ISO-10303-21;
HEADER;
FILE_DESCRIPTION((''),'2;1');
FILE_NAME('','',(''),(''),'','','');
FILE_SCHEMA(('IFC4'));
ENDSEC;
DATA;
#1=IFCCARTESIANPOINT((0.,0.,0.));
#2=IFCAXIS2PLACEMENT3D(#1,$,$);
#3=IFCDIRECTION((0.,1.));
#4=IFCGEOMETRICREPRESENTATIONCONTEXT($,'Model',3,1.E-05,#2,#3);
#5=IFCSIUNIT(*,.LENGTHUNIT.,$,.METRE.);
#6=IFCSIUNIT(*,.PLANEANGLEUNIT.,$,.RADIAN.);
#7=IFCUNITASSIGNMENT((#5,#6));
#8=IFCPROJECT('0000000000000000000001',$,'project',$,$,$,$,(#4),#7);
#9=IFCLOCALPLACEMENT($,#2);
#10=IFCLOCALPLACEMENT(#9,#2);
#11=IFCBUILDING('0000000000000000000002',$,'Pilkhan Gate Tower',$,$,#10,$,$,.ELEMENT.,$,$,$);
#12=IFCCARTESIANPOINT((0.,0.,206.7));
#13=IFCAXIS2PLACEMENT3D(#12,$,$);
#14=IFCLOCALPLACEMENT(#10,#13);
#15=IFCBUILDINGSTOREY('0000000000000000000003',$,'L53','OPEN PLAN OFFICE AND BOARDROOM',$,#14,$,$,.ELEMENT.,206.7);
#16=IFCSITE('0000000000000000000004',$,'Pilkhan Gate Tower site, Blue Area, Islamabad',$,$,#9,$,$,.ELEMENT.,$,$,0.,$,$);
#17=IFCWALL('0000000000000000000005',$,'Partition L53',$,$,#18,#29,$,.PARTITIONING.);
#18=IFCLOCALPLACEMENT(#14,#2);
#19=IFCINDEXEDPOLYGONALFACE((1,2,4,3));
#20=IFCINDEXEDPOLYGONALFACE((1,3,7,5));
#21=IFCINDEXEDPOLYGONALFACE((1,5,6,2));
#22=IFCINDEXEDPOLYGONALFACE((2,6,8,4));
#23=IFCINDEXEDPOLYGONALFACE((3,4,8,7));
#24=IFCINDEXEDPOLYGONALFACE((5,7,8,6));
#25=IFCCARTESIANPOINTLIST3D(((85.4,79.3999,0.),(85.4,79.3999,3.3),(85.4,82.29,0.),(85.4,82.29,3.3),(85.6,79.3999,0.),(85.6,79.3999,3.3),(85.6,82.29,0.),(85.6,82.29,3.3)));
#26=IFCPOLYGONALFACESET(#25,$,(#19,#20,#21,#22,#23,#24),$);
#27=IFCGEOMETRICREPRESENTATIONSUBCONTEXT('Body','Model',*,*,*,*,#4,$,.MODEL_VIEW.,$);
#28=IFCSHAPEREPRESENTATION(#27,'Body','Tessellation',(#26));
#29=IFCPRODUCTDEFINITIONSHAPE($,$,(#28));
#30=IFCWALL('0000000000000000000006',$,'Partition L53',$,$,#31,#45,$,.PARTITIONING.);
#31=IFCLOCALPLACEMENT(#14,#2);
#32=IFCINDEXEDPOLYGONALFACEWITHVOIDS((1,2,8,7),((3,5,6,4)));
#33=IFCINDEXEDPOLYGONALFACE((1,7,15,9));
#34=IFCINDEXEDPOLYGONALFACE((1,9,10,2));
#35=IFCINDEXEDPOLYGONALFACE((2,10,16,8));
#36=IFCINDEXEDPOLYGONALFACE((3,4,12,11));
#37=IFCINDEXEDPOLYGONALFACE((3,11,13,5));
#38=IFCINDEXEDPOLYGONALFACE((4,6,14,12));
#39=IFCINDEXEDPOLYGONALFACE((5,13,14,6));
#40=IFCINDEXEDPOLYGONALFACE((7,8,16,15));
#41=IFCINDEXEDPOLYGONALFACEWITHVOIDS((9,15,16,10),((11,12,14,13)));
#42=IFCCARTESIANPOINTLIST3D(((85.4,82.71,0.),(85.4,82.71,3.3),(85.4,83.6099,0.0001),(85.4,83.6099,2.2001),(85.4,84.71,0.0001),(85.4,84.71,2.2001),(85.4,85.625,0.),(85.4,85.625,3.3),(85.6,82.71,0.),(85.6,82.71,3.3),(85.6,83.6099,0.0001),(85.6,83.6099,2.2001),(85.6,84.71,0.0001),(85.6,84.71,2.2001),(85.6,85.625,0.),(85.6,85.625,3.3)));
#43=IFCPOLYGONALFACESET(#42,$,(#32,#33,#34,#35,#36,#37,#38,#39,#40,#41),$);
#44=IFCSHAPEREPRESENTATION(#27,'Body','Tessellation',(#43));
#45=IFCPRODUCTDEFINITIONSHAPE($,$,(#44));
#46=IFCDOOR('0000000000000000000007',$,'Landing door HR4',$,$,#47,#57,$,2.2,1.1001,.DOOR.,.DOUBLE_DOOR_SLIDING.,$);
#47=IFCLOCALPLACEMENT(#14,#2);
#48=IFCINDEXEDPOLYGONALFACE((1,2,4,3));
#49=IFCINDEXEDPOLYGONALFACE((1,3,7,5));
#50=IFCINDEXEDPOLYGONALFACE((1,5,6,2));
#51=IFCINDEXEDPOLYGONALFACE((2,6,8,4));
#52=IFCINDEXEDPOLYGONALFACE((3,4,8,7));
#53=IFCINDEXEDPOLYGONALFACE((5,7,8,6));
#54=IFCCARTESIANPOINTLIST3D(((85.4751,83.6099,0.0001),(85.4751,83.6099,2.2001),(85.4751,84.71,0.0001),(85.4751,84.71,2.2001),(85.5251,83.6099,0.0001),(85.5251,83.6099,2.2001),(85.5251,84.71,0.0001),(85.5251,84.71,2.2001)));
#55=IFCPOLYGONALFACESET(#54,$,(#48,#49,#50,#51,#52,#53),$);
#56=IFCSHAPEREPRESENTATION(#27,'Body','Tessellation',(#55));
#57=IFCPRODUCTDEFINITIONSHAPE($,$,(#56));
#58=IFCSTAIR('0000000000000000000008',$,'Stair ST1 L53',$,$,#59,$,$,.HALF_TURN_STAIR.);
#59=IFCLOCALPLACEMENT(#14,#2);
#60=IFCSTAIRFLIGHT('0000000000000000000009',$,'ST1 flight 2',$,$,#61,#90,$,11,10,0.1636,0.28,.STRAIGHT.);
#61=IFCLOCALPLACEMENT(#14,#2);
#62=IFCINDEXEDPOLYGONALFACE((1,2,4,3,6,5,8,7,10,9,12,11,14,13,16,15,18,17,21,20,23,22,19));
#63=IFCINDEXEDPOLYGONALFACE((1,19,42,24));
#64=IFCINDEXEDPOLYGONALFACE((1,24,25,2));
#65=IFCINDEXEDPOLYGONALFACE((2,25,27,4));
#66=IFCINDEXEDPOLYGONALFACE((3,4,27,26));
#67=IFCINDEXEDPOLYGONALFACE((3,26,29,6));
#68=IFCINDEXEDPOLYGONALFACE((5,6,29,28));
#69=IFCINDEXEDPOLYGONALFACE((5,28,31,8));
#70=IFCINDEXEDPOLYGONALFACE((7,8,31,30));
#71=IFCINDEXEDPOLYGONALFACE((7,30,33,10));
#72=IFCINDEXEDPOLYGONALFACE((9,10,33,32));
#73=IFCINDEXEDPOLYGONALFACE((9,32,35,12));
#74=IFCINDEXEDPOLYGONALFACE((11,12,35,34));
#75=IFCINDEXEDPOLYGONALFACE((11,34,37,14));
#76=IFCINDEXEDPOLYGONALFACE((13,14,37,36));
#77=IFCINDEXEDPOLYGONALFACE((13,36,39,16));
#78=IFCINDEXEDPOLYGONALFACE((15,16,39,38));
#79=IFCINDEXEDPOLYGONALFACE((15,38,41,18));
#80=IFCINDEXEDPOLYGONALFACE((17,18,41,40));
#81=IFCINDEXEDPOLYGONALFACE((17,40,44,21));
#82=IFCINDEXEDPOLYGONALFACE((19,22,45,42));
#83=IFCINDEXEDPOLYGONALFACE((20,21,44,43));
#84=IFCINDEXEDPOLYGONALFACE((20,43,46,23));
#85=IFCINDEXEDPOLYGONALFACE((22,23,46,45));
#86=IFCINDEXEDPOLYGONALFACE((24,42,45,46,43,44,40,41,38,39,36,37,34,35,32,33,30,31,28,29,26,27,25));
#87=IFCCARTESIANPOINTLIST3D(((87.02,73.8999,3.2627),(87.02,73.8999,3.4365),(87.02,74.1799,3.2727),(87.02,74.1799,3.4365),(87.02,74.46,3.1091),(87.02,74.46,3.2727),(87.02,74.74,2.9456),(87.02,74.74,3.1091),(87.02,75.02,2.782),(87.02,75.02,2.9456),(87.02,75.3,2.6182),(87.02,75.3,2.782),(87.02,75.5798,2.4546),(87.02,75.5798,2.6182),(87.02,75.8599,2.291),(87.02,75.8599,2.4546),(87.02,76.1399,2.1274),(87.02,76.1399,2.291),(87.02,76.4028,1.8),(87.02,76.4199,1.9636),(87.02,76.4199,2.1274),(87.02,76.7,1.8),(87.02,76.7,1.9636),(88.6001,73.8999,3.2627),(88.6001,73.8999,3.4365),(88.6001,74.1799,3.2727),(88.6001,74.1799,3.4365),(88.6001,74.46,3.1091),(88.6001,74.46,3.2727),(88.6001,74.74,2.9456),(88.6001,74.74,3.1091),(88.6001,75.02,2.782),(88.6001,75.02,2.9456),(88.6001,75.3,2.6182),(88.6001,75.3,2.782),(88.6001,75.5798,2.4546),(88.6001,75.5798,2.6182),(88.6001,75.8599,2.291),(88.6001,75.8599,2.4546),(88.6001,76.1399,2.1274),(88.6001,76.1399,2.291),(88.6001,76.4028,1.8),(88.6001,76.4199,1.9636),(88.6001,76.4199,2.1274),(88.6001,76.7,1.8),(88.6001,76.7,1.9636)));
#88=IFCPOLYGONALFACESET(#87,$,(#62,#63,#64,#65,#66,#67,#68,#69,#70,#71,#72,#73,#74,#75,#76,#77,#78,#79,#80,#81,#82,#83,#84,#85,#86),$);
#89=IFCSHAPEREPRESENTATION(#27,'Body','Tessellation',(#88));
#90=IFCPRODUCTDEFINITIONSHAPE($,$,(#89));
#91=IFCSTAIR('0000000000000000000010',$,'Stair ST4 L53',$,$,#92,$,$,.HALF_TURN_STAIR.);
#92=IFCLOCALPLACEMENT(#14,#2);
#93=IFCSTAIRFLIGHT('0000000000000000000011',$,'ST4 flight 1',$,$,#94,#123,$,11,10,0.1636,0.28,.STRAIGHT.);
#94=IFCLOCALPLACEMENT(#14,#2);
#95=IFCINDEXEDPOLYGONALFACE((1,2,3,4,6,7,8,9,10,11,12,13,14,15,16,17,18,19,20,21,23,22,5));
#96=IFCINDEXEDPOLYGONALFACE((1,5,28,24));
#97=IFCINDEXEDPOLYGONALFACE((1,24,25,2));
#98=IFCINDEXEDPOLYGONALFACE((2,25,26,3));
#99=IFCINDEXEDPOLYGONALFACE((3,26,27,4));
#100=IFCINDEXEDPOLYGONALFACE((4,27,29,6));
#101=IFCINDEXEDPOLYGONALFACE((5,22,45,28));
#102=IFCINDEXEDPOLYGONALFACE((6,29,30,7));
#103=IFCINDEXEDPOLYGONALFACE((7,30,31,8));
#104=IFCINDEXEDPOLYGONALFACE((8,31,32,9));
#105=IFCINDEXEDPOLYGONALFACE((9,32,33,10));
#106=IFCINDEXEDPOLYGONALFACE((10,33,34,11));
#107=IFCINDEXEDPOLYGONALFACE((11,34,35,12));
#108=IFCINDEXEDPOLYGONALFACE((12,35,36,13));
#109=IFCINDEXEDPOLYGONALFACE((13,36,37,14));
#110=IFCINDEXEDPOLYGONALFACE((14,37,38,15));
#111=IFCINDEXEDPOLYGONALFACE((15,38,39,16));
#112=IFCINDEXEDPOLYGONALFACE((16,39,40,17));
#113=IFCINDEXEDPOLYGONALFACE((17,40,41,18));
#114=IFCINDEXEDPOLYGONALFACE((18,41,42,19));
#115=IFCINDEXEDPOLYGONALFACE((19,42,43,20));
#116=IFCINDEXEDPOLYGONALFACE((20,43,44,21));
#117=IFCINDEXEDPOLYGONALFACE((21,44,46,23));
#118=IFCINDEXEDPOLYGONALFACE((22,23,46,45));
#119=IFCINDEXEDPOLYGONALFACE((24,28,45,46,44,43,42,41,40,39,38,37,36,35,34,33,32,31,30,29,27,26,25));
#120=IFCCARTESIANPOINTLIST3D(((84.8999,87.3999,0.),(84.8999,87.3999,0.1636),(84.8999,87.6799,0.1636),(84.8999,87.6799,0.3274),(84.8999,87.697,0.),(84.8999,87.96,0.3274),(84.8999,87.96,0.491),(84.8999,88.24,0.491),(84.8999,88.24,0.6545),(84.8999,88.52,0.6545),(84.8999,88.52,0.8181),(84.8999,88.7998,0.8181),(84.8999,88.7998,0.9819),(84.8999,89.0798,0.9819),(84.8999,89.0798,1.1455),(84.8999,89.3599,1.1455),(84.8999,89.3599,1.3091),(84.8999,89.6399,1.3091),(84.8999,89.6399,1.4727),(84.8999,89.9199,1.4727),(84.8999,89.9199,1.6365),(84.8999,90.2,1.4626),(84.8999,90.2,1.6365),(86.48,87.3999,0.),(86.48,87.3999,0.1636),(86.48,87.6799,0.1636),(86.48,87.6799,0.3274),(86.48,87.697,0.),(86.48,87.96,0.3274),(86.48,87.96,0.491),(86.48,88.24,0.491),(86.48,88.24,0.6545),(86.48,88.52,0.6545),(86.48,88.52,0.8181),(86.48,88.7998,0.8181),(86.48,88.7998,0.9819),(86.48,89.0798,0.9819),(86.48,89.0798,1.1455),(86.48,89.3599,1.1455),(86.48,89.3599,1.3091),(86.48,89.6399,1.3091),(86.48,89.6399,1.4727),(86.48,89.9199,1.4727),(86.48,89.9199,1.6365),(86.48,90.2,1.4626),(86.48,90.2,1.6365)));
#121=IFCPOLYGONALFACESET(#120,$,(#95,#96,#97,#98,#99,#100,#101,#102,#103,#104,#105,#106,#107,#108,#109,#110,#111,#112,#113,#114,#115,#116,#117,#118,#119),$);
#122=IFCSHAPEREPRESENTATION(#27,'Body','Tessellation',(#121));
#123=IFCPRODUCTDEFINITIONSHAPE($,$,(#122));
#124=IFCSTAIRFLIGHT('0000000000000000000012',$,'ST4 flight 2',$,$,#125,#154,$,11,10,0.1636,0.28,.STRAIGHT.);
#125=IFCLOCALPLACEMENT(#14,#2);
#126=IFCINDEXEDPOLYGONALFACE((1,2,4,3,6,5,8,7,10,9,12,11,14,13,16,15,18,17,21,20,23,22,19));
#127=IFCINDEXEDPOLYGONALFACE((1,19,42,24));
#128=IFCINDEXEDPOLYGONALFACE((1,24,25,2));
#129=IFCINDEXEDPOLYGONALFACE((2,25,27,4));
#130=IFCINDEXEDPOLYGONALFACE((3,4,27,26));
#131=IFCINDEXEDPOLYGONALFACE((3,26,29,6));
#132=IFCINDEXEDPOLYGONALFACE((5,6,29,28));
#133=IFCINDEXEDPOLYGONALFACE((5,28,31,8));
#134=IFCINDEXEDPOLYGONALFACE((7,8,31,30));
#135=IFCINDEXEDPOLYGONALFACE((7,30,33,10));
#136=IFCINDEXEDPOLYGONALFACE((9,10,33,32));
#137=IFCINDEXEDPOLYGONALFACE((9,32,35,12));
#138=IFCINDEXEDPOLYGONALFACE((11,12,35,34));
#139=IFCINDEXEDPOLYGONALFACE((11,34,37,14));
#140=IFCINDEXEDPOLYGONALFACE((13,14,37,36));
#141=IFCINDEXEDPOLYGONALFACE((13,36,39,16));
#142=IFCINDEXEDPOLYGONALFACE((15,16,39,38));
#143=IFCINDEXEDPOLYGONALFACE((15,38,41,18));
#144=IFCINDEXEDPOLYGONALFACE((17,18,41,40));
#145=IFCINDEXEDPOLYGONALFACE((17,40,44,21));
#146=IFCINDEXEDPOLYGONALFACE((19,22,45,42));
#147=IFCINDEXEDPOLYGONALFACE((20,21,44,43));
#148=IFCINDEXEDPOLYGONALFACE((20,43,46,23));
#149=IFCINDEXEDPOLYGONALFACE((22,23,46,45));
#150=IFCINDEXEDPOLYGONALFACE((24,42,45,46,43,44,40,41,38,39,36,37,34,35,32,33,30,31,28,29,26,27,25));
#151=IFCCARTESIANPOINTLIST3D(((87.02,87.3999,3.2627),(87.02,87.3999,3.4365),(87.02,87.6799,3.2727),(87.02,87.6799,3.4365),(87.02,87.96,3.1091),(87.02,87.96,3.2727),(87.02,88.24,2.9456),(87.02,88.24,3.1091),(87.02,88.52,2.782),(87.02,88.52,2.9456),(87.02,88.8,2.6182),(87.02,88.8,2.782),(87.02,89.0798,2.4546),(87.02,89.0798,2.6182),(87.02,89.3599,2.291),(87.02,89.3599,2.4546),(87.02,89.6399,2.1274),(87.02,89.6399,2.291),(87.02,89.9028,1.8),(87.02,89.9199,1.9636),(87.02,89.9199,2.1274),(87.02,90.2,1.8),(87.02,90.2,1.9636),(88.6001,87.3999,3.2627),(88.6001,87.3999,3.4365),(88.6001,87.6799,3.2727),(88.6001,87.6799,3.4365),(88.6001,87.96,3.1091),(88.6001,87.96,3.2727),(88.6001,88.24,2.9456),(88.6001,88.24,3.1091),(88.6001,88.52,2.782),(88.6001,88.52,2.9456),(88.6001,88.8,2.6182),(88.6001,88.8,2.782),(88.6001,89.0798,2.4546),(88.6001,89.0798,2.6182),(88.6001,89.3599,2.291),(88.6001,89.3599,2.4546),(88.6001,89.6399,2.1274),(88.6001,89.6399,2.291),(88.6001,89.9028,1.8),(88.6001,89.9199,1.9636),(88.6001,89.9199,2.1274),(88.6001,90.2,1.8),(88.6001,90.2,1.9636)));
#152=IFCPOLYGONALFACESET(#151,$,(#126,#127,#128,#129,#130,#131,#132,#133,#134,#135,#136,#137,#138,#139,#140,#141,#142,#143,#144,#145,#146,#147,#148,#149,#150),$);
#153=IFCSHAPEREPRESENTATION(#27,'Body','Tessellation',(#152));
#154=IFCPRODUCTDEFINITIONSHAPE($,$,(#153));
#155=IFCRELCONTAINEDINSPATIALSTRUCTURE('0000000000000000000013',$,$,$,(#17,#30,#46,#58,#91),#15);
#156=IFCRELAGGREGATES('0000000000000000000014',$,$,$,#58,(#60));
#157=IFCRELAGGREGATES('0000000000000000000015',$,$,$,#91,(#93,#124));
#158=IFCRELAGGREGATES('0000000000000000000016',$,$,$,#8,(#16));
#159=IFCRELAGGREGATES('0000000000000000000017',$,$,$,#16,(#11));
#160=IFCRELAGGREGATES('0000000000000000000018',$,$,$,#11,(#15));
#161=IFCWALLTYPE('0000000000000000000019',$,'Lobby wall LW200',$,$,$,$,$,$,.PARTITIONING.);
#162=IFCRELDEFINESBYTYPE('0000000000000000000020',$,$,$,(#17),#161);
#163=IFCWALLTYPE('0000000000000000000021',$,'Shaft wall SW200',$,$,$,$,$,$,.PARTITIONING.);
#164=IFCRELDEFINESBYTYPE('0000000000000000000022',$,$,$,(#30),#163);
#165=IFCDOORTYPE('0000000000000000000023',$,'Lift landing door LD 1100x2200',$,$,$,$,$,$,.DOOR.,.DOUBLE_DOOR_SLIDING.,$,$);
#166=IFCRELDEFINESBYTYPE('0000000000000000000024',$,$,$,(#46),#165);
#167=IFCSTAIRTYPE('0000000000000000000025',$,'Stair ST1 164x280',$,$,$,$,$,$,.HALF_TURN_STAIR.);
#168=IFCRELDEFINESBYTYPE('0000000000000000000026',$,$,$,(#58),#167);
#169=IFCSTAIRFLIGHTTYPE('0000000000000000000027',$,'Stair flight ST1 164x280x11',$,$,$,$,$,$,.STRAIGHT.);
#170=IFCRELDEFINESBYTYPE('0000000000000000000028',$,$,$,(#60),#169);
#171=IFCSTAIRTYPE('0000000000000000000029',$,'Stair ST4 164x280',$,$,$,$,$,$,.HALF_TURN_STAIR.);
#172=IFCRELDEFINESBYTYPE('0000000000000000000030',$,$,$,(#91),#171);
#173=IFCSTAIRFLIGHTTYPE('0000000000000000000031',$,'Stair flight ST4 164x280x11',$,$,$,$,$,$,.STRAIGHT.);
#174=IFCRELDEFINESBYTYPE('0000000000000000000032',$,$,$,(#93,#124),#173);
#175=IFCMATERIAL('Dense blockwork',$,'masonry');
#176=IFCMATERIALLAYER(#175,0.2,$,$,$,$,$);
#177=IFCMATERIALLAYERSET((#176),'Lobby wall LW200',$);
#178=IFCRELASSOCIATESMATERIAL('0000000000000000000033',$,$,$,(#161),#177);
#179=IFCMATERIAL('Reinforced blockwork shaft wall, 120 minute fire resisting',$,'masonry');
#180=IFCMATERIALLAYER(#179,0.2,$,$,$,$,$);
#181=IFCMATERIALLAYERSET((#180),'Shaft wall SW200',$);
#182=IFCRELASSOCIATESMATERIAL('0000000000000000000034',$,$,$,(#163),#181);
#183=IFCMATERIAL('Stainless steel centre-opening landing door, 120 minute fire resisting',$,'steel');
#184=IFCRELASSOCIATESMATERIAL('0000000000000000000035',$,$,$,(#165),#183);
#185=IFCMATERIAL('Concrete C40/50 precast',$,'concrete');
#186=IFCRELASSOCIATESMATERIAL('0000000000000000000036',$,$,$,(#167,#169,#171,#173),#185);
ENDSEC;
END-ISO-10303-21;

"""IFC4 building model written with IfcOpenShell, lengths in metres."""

from ifc_helpers import new_model, si_unit, direction, frame, frame_2d, origin, place, context, subcontext, project, spatial, polyline, rectangle, outline, extrude, material, layer, layer_set, type_object, element, fill, aggregate, save


model = new_model("IFC4")

# Units and contexts
model_context = context("Model", 3, precision=1e-05, world=origin(), true_north=direction((0.0, 1.0)))
body_context = subcontext(model_context, "Body", "Model", "MODEL_VIEW")
ifc_project = project(units=[si_unit("LENGTHUNIT", "METRE"), si_unit("PLANEANGLEUNIT", "RADIAN")], contexts=[model_context])

# Site, building, storey
site_placement = place(None, origin())
site = spatial("IfcSite", under=ifc_project, at=site_placement, Name="Pilkhan Gate Tower site, Blue Area, Islamabad", CompositionType="ELEMENT", RefElevation=0.0)
building_placement = place(site_placement, origin())
building = spatial("IfcBuilding", under=site, at=building_placement, Name="Pilkhan Gate Tower", CompositionType="ELEMENT")
storey_placement = place(building_placement, frame((0.0, 0.0, 206.7)))
storey = spatial("IfcBuildingStorey", under=building, at=storey_placement, Name="L53", Description="OPEN PLAN OFFICE AND BOARDROOM", CompositionType="ELEMENT", Elevation=206.7)

# Shared definitions
ifc_material_1 = material(Name="Dense blockwork", Category="masonry")

# Wall
ifc_layer_1 = layer(ifc_material_1, 0.2)
ifc_layer_set_1 = layer_set([ifc_layer_1], Name="Lobby wall LW200")
wall_type_1 = type_object("IfcWallType", Name="Lobby wall LW200", PredefinedType="PARTITIONING", material=ifc_layer_set_1)
wall_1_placement = place(storey_placement, frame((85.5, 79.3999, 0.0), z_axis=(0.0, 0.0, 1.0), x_axis=(0.0, 1.0, 0.0)))
element("IfcWall", 1, at=wall_1_placement, inside=storey, type_object=wall_type_1, Name="Partition L53", PredefinedType="PARTITIONING", context=body_context, shape_type="SweptSolid", body=[
    extrude(rectangle(XDim=2.8901, YDim=0.2, at=frame_2d((1.4451, 0.0))), origin(), (0.0, 0.0, 1.0), 3.3),
])

# Wall, opening, door
ifc_material_2 = material(Name="Reinforced blockwork shaft wall, 120 minute fire resisting", Category="masonry")
ifc_layer_2 = layer(ifc_material_2, 0.2)
ifc_layer_set_2 = layer_set([ifc_layer_2], Name="Shaft wall SW200")
wall_type_2 = type_object("IfcWallType", Name="Shaft wall SW200", PredefinedType="PARTITIONING", material=ifc_layer_set_2)
wall_2_placement = place(storey_placement, frame((85.5, 82.71, 0.0), z_axis=(0.0, 0.0, 1.0), x_axis=(0.0, 1.0, 0.0)))
wall_2 = element("IfcWall", 2, at=wall_2_placement, inside=storey, type_object=wall_type_2, Name="Partition L53", PredefinedType="PARTITIONING", context=body_context, shape_type="SweptSolid", body=[
    extrude(rectangle(XDim=2.915, YDim=0.2, at=frame_2d((1.4575, 0.0))), origin(), (0.0, 0.0, 1.0), 3.3),
])
opening_1_placement = place(wall_2_placement, frame((0.8999, 0.0, 0.0)))
opening_1 = element("IfcOpeningElement", 3, at=opening_1_placement, cuts=wall_2, PredefinedType="OPENING", context=body_context, shape_type="SweptSolid", body=[
    extrude(rectangle(XDim=1.1001, YDim=2.2, at=frame_2d((0.55, 1.1001))), frame((0.0, 0.1099, 0.0), z_axis=(0.0, -1.0, 0.0), x_axis=(1.0, 0.0, 0.0)), (0.0, 0.0, 1.0), 0.22),
])
ifc_material_3 = material(Name="Stainless steel centre-opening landing door, 120 minute fire resisting", Category="steel")
door_type_1 = type_object("IfcDoorType", Name="Lift landing door LD 1100x2200", OperationType="DOUBLE_DOOR_SLIDING", PredefinedType="DOOR", material=ifc_material_3)
door_1_placement = place(opening_1_placement, origin())
door_1 = element("IfcDoor", 4, at=door_1_placement, inside=storey, type_object=door_type_1, Name="Landing door HR4", OperationType="DOUBLE_DOOR_SLIDING", OverallHeight=2.2, OverallWidth=1.1001, PredefinedType="DOOR", context=body_context, shape_type="SweptSolid", body=[
    extrude(rectangle(XDim=1.1001, YDim=2.2, at=frame_2d((0.55, 1.1001))), frame((0.0, 0.0249, 0.0), z_axis=(0.0, -1.0, 0.0), x_axis=(1.0, 0.0, 0.0)), (0.0, 0.0, 1.0), 0.05),
])
fill(opening_1, door_1)

# Stair, stair flight
ifc_material_4 = material(Name="Concrete C40/50 precast", Category="concrete")
stair_type_1 = type_object("IfcStairType", Name="Stair ST1 164x280", PredefinedType="HALF_TURN_STAIR", material=ifc_material_4)
stair_1_placement = place(storey_placement, origin())
stair_1 = element("IfcStair", 5, at=stair_1_placement, inside=storey, type_object=stair_type_1, Name="Stair ST1 L53", PredefinedType="HALF_TURN_STAIR")
stair_flight_type_1 = type_object("IfcStairFlightType", Name="Stair flight ST1 164x280x11", PredefinedType="STRAIGHT", material=ifc_material_4)
stair_flight_1_placement = place(storey_placement, frame((87.8101, 76.7, 1.8), z_axis=(0.0, 0.0, 1.0), x_axis=(0.0, -1.0, 0.0)))
stair_flight_1 = element("IfcStairFlight", 6, at=stair_flight_1_placement, type_object=stair_flight_type_1, Name="ST1 flight 2", NumberOfRisers=11, NumberOfTreads=10, PredefinedType="STRAIGHT", RiserHeight=0.1636, TreadLength=0.28, context=body_context, shape_type="SweptSolid", body=[
    extrude(outline(polyline([(0.0, 0.0), (0.0, 0.1636), (0.28, 0.1636), (0.28, 0.3274), (0.5601, 0.3274), (0.5601, 0.491), (0.8401, 0.491), (0.8401, 0.6545), (1.1201, 0.6545), (1.1201, 0.8181), (1.3999, 0.8181), (1.3999, 0.9819), (1.6799, 0.9819), (1.6799, 1.1455), (1.96, 1.1455), (1.96, 1.3091), (2.24, 1.3091), (2.24, 1.4727), (2.52, 1.4727), (2.52, 1.6365), (2.8, 1.6365), (2.8, 1.8), (2.8, 1.4626), (0.2971, 0.0), (0.0, 0.0)])), frame((0.0, 0.79, 0.0), z_axis=(0.0, -1.0, 0.0), x_axis=(1.0, 0.0, 0.0)), (0.0, 0.0, 1.0), 1.5801),
])
aggregate(stair_1, [stair_flight_1])

# Stair, stair flights
stair_type_2 = type_object("IfcStairType", Name="Stair ST4 164x280", PredefinedType="HALF_TURN_STAIR", material=ifc_material_4)
stair_2_placement = place(storey_placement, origin())
stair_2 = element("IfcStair", 7, at=stair_2_placement, inside=storey, type_object=stair_type_2, Name="Stair ST4 L53", PredefinedType="HALF_TURN_STAIR")
stair_flight_type_2 = type_object("IfcStairFlightType", Name="Stair flight ST4 164x280x11", PredefinedType="STRAIGHT", material=ifc_material_4)
stair_flight_2_placement = place(storey_placement, frame((85.6899, 87.3999, 0.0), z_axis=(0.0, 0.0, 1.0), x_axis=(0.0, 1.0, 0.0)))
stair_flight_2 = element("IfcStairFlight", 8, at=stair_flight_2_placement, type_object=stair_flight_type_2, Name="ST4 flight 1", NumberOfRisers=11, NumberOfTreads=10, PredefinedType="STRAIGHT", RiserHeight=0.1636, TreadLength=0.28, context=body_context, shape_type="SweptSolid", body=[
    extrude(outline(polyline([(0.0, 0.0), (0.0, 0.1636), (0.28, 0.1636), (0.28, 0.3274), (0.5601, 0.3274), (0.5601, 0.491), (0.8401, 0.491), (0.8401, 0.6545), (1.1201, 0.6545), (1.1201, 0.8181), (1.3999, 0.8181), (1.3999, 0.9819), (1.6799, 0.9819), (1.6799, 1.1455), (1.96, 1.1455), (1.96, 1.3091), (2.24, 1.3091), (2.24, 1.4727), (2.52, 1.4727), (2.52, 1.6365), (2.8, 1.6365), (2.8, 1.8), (2.8, 1.4626), (0.2971, 0.0), (0.0, 0.0)])), frame((0.0, 0.79, 0.0), z_axis=(0.0, -1.0, 0.0), x_axis=(1.0, 0.0, 0.0)), (0.0, 0.0, 1.0), 1.5801),
])
stair_flight_3_placement = place(storey_placement, frame((87.8101, 90.2, 1.8), z_axis=(0.0, 0.0, 1.0), x_axis=(0.0, -1.0, 0.0)))
stair_flight_3 = element("IfcStairFlight", 9, at=stair_flight_3_placement, type_object=stair_flight_type_2, Name="ST4 flight 2", NumberOfRisers=11, NumberOfTreads=10, PredefinedType="STRAIGHT", RiserHeight=0.1636, TreadLength=0.28, context=body_context, shape_type="SweptSolid", body=[
    extrude(outline(polyline([(0.0, 0.0), (0.0, 0.1636), (0.28, 0.1636), (0.28, 0.3274), (0.5601, 0.3274), (0.5601, 0.491), (0.8401, 0.491), (0.8401, 0.6545), (1.1201, 0.6545), (1.1201, 0.8181), (1.3999, 0.8181), (1.3999, 0.9819), (1.6799, 0.9819), (1.6799, 1.1455), (1.96, 1.1455), (1.96, 1.3091), (2.24, 1.3091), (2.24, 1.4727), (2.52, 1.4727), (2.52, 1.6365), (2.8, 1.6365), (2.8, 1.8), (2.8, 1.4626), (0.2971, 0.0), (0.0, 0.0)])), frame((0.0, 0.79, 0.0), z_axis=(0.0, -1.0, 0.0), x_axis=(1.0, 0.0, 0.0)), (0.0, 0.0, 1.0), 1.5801),
])
aggregate(stair_2, [stair_flight_2, stair_flight_3])

save(model, "model.ifc")
